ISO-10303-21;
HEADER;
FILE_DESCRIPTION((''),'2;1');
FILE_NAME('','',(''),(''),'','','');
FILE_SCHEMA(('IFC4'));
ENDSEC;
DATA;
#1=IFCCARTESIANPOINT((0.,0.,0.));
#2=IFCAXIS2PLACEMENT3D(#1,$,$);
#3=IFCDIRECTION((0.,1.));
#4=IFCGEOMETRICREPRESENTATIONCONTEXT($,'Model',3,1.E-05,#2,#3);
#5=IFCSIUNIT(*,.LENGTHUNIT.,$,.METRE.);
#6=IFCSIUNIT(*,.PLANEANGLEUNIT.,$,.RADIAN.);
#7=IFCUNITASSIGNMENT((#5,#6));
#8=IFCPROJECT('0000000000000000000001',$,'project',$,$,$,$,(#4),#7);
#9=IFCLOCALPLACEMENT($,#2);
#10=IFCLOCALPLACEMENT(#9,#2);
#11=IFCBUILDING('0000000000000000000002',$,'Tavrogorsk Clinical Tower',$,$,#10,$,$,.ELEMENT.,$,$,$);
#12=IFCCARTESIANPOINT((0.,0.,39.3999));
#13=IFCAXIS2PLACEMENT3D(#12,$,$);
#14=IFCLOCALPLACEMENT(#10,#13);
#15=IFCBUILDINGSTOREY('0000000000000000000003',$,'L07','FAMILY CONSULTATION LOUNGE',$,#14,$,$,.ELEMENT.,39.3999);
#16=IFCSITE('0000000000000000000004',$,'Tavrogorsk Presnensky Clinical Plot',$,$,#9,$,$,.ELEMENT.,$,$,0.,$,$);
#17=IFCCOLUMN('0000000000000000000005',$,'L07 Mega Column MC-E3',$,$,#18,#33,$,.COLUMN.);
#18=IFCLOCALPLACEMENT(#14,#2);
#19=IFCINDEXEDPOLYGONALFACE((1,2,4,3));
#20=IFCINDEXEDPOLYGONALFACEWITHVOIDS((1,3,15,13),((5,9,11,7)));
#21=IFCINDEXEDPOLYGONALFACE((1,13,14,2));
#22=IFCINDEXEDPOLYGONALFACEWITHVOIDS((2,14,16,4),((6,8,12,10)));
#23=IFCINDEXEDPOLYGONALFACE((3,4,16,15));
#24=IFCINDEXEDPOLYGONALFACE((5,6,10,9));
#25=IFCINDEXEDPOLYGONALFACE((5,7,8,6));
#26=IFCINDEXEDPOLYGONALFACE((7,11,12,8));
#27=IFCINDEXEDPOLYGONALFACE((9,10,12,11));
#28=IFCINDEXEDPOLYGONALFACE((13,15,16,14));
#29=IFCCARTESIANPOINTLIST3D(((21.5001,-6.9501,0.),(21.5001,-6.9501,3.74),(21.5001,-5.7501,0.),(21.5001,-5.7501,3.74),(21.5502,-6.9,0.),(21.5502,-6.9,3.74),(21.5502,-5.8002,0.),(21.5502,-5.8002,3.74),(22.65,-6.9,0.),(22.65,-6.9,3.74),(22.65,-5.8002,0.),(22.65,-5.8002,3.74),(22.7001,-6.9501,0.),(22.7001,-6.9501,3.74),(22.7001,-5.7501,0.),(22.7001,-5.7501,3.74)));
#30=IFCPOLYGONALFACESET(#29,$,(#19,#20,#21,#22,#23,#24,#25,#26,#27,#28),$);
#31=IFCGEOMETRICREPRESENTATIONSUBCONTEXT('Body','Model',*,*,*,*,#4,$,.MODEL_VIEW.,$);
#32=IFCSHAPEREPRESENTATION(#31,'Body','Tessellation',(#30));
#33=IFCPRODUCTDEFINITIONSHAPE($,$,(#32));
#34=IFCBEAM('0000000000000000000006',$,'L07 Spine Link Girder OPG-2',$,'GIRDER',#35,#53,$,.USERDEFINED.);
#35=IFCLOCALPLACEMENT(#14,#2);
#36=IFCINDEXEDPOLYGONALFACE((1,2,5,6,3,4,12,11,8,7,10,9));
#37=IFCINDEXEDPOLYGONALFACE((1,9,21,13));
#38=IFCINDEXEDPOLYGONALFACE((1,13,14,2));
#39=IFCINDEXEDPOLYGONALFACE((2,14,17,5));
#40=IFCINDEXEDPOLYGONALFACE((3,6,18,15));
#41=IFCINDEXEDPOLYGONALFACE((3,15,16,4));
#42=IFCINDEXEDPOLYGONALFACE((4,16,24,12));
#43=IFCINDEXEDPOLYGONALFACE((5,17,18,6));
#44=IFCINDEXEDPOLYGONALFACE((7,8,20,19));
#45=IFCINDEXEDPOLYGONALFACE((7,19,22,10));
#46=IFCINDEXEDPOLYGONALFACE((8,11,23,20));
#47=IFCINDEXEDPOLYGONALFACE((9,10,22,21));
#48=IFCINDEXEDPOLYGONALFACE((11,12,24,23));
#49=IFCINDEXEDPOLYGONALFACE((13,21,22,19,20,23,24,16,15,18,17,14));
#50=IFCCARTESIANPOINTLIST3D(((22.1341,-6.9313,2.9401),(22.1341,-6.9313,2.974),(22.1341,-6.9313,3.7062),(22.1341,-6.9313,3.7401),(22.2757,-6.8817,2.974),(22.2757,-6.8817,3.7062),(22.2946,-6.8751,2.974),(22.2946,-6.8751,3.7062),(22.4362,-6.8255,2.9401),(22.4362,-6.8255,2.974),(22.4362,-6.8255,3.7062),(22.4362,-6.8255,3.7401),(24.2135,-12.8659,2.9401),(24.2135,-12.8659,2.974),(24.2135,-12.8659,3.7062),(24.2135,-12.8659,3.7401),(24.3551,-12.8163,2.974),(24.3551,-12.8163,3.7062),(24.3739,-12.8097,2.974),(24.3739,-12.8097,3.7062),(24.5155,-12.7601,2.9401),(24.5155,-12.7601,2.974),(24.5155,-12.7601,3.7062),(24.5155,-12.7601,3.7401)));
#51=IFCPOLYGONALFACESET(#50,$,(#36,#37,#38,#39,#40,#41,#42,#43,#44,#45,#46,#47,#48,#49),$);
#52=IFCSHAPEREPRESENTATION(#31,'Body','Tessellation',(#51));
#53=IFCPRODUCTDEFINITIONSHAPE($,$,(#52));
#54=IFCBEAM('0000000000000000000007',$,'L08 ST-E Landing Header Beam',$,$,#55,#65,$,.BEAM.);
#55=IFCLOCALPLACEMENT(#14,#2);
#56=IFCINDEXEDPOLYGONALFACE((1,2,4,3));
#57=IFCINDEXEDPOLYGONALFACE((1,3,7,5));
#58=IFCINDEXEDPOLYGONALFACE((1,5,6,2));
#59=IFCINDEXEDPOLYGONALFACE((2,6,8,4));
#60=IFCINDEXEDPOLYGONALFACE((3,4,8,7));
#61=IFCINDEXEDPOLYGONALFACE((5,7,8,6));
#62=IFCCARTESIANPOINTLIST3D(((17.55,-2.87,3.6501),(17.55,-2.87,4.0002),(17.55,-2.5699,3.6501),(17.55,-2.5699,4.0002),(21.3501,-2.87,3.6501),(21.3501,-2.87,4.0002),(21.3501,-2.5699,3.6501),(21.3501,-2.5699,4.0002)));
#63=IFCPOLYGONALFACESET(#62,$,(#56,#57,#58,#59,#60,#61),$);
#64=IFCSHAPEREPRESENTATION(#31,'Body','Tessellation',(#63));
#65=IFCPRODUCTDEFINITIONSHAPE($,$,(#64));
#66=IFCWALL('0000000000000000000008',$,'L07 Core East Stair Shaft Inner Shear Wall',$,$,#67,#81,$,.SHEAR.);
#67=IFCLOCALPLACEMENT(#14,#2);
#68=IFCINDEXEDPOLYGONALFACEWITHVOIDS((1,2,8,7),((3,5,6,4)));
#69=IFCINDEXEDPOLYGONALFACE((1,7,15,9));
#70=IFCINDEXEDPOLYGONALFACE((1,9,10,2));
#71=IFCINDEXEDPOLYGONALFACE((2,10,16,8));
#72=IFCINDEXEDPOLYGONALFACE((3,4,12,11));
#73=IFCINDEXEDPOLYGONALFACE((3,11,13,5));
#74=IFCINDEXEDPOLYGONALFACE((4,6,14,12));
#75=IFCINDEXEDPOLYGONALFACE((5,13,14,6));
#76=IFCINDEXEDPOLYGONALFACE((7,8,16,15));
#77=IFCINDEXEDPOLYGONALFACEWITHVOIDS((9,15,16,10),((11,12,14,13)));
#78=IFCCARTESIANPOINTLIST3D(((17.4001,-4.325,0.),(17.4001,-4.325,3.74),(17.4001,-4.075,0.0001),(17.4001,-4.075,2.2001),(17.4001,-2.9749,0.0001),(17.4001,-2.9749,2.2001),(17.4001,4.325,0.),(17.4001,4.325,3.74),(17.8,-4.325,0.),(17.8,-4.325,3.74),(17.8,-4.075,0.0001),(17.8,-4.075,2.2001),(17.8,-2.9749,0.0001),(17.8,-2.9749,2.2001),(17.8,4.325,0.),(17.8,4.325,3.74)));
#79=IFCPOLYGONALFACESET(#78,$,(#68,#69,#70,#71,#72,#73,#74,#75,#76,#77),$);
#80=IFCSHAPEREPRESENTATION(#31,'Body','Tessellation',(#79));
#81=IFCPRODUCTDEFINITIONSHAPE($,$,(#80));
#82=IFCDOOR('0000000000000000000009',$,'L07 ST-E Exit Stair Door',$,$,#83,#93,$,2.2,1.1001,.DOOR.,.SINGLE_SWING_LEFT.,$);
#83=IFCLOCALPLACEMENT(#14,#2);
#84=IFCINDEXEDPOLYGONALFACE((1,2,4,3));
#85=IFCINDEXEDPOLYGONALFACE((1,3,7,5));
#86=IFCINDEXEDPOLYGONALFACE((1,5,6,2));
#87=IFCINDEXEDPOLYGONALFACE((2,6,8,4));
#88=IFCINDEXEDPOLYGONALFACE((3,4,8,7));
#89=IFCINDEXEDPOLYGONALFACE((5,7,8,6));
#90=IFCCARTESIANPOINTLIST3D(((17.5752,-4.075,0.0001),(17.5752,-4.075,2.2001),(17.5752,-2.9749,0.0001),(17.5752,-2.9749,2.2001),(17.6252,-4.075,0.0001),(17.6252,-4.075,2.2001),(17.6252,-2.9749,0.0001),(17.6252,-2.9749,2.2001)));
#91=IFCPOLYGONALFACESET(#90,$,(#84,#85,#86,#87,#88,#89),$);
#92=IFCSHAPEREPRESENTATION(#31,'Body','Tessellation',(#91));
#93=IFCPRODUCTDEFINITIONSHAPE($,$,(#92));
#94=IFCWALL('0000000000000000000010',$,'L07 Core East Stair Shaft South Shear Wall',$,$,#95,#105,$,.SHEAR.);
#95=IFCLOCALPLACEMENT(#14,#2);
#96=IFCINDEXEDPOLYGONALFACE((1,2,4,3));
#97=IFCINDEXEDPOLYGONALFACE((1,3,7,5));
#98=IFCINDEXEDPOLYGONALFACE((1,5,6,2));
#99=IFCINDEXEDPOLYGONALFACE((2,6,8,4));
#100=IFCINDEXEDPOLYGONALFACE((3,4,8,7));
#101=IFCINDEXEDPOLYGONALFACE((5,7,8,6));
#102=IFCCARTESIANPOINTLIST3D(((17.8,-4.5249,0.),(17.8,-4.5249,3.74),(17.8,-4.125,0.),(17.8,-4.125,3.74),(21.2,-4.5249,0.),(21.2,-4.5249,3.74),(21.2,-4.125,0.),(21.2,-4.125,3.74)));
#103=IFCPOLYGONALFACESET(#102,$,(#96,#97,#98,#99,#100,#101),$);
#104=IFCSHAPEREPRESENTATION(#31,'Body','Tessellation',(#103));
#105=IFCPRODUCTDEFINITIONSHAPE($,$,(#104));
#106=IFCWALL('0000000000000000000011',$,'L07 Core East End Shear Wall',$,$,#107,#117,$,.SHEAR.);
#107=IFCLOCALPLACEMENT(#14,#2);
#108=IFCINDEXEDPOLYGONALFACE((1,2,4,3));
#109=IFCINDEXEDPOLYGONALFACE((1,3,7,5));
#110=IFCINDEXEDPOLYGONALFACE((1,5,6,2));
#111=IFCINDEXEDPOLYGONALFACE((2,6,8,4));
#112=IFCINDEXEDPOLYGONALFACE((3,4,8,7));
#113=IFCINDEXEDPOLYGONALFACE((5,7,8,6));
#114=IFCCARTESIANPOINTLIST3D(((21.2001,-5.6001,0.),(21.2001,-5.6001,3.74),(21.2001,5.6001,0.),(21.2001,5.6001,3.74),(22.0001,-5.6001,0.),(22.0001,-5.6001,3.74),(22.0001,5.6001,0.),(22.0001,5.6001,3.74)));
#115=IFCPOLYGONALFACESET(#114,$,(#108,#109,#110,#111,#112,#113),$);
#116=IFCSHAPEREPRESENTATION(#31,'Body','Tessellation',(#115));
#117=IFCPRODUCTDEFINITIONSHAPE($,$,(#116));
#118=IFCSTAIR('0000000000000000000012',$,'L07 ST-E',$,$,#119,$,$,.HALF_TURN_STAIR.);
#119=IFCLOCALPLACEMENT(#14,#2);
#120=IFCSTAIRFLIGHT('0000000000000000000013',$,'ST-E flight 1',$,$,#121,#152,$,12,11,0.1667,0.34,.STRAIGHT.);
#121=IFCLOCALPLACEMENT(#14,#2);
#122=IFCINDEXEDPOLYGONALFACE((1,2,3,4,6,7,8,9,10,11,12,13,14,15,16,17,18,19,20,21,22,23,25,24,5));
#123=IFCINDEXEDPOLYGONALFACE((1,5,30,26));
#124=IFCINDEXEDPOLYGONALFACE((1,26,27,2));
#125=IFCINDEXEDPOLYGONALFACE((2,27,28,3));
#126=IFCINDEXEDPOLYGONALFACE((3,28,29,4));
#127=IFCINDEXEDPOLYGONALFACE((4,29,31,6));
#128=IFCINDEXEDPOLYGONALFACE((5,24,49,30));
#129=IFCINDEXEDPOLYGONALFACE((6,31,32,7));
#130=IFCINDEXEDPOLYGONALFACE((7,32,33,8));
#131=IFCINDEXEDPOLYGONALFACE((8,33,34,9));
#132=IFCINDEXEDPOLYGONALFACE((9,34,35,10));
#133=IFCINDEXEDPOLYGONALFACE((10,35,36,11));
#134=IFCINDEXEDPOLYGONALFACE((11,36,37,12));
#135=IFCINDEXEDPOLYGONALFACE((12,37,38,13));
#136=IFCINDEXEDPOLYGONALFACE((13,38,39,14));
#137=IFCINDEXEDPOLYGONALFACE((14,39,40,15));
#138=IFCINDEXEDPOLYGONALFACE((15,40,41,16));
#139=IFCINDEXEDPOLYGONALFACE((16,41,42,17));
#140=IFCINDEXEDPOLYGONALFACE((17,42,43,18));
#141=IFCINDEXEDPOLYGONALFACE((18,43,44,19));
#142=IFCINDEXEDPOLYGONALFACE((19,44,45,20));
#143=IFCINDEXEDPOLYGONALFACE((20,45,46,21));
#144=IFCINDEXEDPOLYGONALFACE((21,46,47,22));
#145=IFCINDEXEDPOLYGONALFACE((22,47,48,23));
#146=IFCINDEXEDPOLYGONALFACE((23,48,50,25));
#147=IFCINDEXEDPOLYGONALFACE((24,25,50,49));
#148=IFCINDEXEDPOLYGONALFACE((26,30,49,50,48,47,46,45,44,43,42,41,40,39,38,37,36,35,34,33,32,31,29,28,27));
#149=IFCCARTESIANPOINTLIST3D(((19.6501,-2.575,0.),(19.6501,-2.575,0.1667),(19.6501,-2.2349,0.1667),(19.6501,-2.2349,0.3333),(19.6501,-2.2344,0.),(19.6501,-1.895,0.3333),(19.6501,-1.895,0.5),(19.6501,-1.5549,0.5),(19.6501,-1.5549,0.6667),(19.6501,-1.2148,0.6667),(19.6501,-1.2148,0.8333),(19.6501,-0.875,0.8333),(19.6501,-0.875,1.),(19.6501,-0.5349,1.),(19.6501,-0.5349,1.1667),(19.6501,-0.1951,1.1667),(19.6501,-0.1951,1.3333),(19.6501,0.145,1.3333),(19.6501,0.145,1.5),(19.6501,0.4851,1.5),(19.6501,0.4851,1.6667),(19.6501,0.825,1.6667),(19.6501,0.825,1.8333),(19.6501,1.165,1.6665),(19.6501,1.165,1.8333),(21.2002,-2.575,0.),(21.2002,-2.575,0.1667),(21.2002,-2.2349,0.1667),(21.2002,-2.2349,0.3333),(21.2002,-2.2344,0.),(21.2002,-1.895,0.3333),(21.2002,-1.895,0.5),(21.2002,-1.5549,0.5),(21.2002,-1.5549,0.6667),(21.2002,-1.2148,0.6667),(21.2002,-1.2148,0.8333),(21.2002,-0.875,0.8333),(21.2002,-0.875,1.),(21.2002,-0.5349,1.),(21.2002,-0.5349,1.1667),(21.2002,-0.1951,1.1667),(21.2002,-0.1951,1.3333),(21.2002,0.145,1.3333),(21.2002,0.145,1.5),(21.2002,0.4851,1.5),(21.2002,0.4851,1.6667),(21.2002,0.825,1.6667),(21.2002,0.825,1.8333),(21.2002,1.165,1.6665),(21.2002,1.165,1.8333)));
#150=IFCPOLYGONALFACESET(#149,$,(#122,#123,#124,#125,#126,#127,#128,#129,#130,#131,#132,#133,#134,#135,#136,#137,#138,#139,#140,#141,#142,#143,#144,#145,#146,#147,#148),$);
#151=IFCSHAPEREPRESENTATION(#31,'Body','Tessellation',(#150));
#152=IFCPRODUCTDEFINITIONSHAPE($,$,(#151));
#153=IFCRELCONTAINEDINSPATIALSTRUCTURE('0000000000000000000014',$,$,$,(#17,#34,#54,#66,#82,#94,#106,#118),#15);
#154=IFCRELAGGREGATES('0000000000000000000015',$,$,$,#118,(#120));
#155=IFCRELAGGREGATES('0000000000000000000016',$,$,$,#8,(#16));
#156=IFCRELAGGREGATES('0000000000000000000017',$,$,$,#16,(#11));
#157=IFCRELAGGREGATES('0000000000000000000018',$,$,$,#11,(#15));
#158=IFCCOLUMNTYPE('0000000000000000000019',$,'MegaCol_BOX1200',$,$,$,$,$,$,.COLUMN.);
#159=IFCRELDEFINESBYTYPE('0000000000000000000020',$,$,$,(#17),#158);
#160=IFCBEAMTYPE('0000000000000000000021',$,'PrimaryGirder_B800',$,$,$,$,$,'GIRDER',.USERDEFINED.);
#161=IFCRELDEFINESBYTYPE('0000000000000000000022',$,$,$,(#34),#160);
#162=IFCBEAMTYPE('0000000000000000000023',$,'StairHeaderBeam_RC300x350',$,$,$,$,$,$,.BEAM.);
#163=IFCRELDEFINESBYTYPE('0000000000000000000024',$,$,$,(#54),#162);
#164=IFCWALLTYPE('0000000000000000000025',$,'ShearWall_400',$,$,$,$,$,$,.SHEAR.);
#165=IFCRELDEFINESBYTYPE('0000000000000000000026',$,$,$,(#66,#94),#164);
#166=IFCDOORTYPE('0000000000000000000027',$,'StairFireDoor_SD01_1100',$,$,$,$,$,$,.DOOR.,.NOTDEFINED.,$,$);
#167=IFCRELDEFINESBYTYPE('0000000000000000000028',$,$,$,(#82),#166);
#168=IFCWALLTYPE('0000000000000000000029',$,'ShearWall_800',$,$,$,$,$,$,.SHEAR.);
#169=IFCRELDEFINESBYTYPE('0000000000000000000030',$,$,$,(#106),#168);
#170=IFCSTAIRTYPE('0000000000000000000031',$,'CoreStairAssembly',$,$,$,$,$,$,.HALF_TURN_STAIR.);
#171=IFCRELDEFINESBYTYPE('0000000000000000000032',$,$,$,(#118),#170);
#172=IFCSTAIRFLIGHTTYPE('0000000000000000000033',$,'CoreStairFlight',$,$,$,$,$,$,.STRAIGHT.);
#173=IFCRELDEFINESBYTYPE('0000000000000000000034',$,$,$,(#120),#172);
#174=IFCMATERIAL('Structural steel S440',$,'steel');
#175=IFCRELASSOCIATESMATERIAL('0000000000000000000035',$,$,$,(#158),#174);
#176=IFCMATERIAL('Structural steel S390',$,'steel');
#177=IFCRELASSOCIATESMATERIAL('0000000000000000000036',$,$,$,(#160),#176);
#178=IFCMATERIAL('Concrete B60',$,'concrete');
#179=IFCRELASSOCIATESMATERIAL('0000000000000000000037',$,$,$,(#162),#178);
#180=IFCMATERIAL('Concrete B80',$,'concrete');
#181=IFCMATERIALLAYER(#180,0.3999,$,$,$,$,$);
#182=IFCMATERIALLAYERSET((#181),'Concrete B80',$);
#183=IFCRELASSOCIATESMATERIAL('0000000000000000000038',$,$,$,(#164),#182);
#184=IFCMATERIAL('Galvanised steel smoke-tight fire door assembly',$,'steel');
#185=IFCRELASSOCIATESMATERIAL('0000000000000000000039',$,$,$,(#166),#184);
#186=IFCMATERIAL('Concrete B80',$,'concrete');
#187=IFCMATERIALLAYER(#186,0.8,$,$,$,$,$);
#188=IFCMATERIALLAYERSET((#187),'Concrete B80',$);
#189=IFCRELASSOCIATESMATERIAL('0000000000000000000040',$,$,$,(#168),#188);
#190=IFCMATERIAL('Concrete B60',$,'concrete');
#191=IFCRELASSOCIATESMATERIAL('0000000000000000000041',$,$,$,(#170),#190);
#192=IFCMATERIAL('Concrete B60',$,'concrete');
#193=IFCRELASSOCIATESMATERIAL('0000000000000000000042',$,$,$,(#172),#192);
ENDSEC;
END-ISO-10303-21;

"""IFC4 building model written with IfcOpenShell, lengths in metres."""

from ifc_helpers import new_model, si_unit, direction, frame, frame_2d, origin, origin_2d, place, context, subcontext, project, spatial, polyline, rectangle, hollow_rectangle, i_section, outline, extrude, material, layer, layer_set, material_profile, profile_set, type_object, element, fill, aggregate, save


model = new_model("IFC4")

# Units and contexts
model_context = context("Model", 3, precision=1e-05, world=origin(), true_north=direction((0.0, 1.0)))
body_context = subcontext(model_context, "Body", "Model", "MODEL_VIEW")
ifc_project = project(units=[si_unit("LENGTHUNIT", "METRE"), si_unit("PLANEANGLEUNIT", "RADIAN")], contexts=[model_context])

# Site, building, storey
site_placement = place(None, origin())
site = spatial("IfcSite", under=ifc_project, at=site_placement, Name="Tavrogorsk Presnensky Clinical Plot", CompositionType="ELEMENT", RefElevation=0.0)
building_placement = place(site_placement, origin())
building = spatial("IfcBuilding", under=site, at=building_placement, Name="Tavrogorsk Clinical Tower", CompositionType="ELEMENT")
storey_placement = place(building_placement, frame((0.0, 0.0, 39.3999)))
storey = spatial("IfcBuildingStorey", under=building, at=storey_placement, Name="L07", Description="FAMILY CONSULTATION LOUNGE", CompositionType="ELEMENT", Elevation=39.3999)

# Column
ifc_material_1 = material(Name="Structural steel S440", Category="steel")
ifc_material_profile_1 = material_profile(ifc_material_1, hollow_rectangle(XDim=1.2, YDim=1.2, WallThickness=0.05, at=origin_2d()), Name="BOX-1200x1200x50")
ifc_profile_set_1 = profile_set([ifc_material_profile_1], Name="Structural steel S440")
column_type = type_object("IfcColumnType", Name="MegaCol_BOX1200", PredefinedType="COLUMN", material=ifc_profile_set_1)
column_placement = place(storey_placement, frame((22.1001, -6.3501, 0.0), z_axis=(0.0, 0.0, 1.0), x_axis=(1.0, 0.0, 0.0)))
element("IfcColumn", 1, at=column_placement, inside=storey, type_object=column_type, Name="L07 Mega Column MC-E3", PredefinedType="COLUMN", context=body_context, shape_type="SweptSolid", body=[
    extrude(hollow_rectangle(XDim=1.2, YDim=1.2, WallThickness=0.05, at=origin_2d()), origin(), (0.0, 0.0, 1.0), 3.74),
])

# Beams
ifc_material_2 = material(Name="Structural steel S390", Category="steel")
ifc_material_profile_2 = material_profile(ifc_material_2, i_section(OverallWidth=0.3201, OverallDepth=0.8, WebThickness=0.02, FlangeThickness=0.0339, at=origin_2d()), Name="B-800x320x20x34")
ifc_profile_set_2 = profile_set([ifc_material_profile_2], Name="Structural steel S390")
beam_type_1 = type_object("IfcBeamType", Name="PrimaryGirder_B800", ElementType="GIRDER", PredefinedType="USERDEFINED", material=ifc_profile_set_2)
beam_1_placement = place(storey_placement, frame((24.3645, -12.813, 3.3401), z_axis=(-0.330669, 0.943747, 0.0), x_axis=(-0.943747, -0.330669, 0.0)))
element("IfcBeam", 2, at=beam_1_placement, inside=storey, type_object=beam_type_1, Name="L07 Spine Link Girder OPG-2", ObjectType="GIRDER", PredefinedType="USERDEFINED", context=body_context, shape_type="SweptSolid", body=[
    extrude(i_section(OverallWidth=0.3201, OverallDepth=0.8, WebThickness=0.02, FlangeThickness=0.0339, at=origin_2d()), origin(), (0.0, 0.0, 1.0), 6.2883),
])
ifc_material_3 = material(Name="Concrete B60", Category="concrete")
ifc_material_profile_3 = material_profile(ifc_material_3, rectangle(XDim=0.3, YDim=0.3501, at=origin_2d()), Name="RC-SHB-300x350")
ifc_profile_set_3 = profile_set([ifc_material_profile_3], Name="Concrete B60")
beam_type_2 = type_object("IfcBeamType", Name="StairHeaderBeam_RC300x350", PredefinedType="BEAM", material=ifc_profile_set_3)
beam_2_placement = place(storey_placement, frame((17.55, -2.72, 3.8252), z_axis=(1.0, 0.0, 0.0), x_axis=(0.0, 1.0, 0.0)))
element("IfcBeam", 3, at=beam_2_placement, inside=storey, type_object=beam_type_2, Name="L08 ST-E Landing Header Beam", PredefinedType="BEAM", context=body_context, shape_type="SweptSolid", body=[
    extrude(rectangle(XDim=0.3, YDim=0.3501, at=origin_2d()), origin(), (0.0, 0.0, 1.0), 3.8),
])

# Wall, opening, door
ifc_material_4 = material(Name="Concrete B80", Category="concrete")
ifc_layer_1 = layer(ifc_material_4, 0.3999)
ifc_layer_set_1 = layer_set([ifc_layer_1], Name="Concrete B80")
wall_type_1 = type_object("IfcWallType", Name="ShearWall_400", PredefinedType="SHEAR", material=ifc_layer_set_1)
wall_1_placement = place(storey_placement, frame((17.6001, -4.325, 0.0), z_axis=(0.0, 0.0, 1.0), x_axis=(0.0, 1.0, 0.0)))
wall_1 = element("IfcWall", 4, at=wall_1_placement, inside=storey, type_object=wall_type_1, Name="L07 Core East Stair Shaft Inner Shear Wall", PredefinedType="SHEAR", context=body_context, shape_type="SweptSolid", body=[
    extrude(rectangle(XDim=8.6499, YDim=0.3999, at=frame_2d((4.325, 0.0))), origin(), (0.0, 0.0, 1.0), 3.74),
])
opening_placement = place(wall_1_placement, frame((0.25, 0.0, 0.0)))
opening = element("IfcOpeningElement", 5, at=opening_placement, cuts=wall_1, PredefinedType="OPENING", context=body_context, shape_type="SweptSolid", body=[
    extrude(rectangle(XDim=1.1001, YDim=2.2, at=frame_2d((0.55, 1.1001))), frame((0.0, 0.21, 0.0), z_axis=(0.0, -1.0, 0.0), x_axis=(1.0, 0.0, 0.0)), (0.0, 0.0, 1.0), 0.4199),
])
ifc_material_5 = material(Name="Galvanised steel smoke-tight fire door assembly", Category="steel")
door_type = type_object("IfcDoorType", Name="StairFireDoor_SD01_1100", OperationType="NOTDEFINED", PredefinedType="DOOR", material=ifc_material_5)
door_placement = place(opening_placement, origin())
door = element("IfcDoor", 6, at=door_placement, inside=storey, type_object=door_type, Name="L07 ST-E Exit Stair Door", OperationType="SINGLE_SWING_LEFT", OverallHeight=2.2, OverallWidth=1.1001, PredefinedType="DOOR", context=body_context, shape_type="SweptSolid", body=[
    extrude(rectangle(XDim=1.1001, YDim=2.2, at=frame_2d((0.55, 1.1001))), frame((0.0, 0.0249, 0.0), z_axis=(0.0, -1.0, 0.0), x_axis=(1.0, 0.0, 0.0)), (0.0, 0.0, 1.0), 0.05),
])
fill(opening, door)

# Walls
wall_2_placement = place(storey_placement, frame((17.8, -4.325, 0.0), z_axis=(0.0, 0.0, 1.0), x_axis=(1.0, 0.0, 0.0)))
element("IfcWall", 7, at=wall_2_placement, inside=storey, type_object=wall_type_1, Name="L07 Core East Stair Shaft South Shear Wall", PredefinedType="SHEAR", context=body_context, shape_type="SweptSolid", body=[
    extrude(rectangle(XDim=3.3999, YDim=0.3999, at=frame_2d((1.7, 0.0))), origin(), (0.0, 0.0, 1.0), 3.74),
])
ifc_material_6 = material(Name="Concrete B80", Category="concrete")
ifc_layer_2 = layer(ifc_material_6, 0.8)
ifc_layer_set_2 = layer_set([ifc_layer_2], Name="Concrete B80")
wall_type_2 = type_object("IfcWallType", Name="ShearWall_800", PredefinedType="SHEAR", material=ifc_layer_set_2)
wall_3_placement = place(storey_placement, frame((21.6001, -5.6001, 0.0), z_axis=(0.0, 0.0, 1.0), x_axis=(0.0, 1.0, 0.0)))
element("IfcWall", 8, at=wall_3_placement, inside=storey, type_object=wall_type_2, Name="L07 Core East End Shear Wall", PredefinedType="SHEAR", context=body_context, shape_type="SweptSolid", body=[
    extrude(rectangle(XDim=11.2002, YDim=0.8, at=frame_2d((5.6001, 0.0))), origin(), (0.0, 0.0, 1.0), 3.74),
])

# Stair, stair flight
ifc_material_7 = material(Name="Concrete B60", Category="concrete")
stair_type = type_object("IfcStairType", Name="CoreStairAssembly", PredefinedType="HALF_TURN_STAIR", material=ifc_material_7)
stair_placement = place(storey_placement, origin())
stair = element("IfcStair", 9, at=stair_placement, inside=storey, type_object=stair_type, Name="L07 ST-E", PredefinedType="HALF_TURN_STAIR")
ifc_material_8 = material(Name="Concrete B60", Category="concrete")
stair_flight_type = type_object("IfcStairFlightType", Name="CoreStairFlight", PredefinedType="STRAIGHT", material=ifc_material_8)
stair_flight_placement = place(storey_placement, frame((20.425, -2.575, 0.0), z_axis=(0.0, 0.0, 1.0), x_axis=(0.0, 1.0, 0.0)))
stair_flight = element("IfcStairFlight", 10, at=stair_flight_placement, type_object=stair_flight_type, Name="ST-E flight 1", NumberOfRisers=12, NumberOfTreads=11, PredefinedType="STRAIGHT", RiserHeight=0.1667, TreadLength=0.34, context=body_context, shape_type="SweptSolid", body=[
    extrude(outline(polyline([(0.0, 0.0), (0.0, 0.1667), (0.3401, 0.1667), (0.3401, 0.3333), (0.6799, 0.3333), (0.6799, 0.5), (1.02, 0.5), (1.02, 0.6667), (1.3601, 0.6667), (1.3601, 0.8333), (1.7, 0.8333), (1.7, 1.0), (2.04, 1.0), (2.04, 1.1667), (2.3799, 1.1667), (2.3799, 1.3333), (2.72, 1.3333), (2.72, 1.5), (3.0601, 1.5), (3.0601, 1.6667), (3.3999, 1.6667), (3.3999, 1.8333), (3.74, 1.8333), (3.74, 2.0), (3.74, 1.6665), (0.3406, 0.0), (0.0, 0.0)])), frame((0.0, 0.7749, 0.0), z_axis=(0.0, -1.0, 0.0), x_axis=(1.0, 0.0, 0.0)), (0.0, 0.0, 1.0), 1.55),
])
aggregate(stair, [stair_flight])

save(model, "model.ifc")
